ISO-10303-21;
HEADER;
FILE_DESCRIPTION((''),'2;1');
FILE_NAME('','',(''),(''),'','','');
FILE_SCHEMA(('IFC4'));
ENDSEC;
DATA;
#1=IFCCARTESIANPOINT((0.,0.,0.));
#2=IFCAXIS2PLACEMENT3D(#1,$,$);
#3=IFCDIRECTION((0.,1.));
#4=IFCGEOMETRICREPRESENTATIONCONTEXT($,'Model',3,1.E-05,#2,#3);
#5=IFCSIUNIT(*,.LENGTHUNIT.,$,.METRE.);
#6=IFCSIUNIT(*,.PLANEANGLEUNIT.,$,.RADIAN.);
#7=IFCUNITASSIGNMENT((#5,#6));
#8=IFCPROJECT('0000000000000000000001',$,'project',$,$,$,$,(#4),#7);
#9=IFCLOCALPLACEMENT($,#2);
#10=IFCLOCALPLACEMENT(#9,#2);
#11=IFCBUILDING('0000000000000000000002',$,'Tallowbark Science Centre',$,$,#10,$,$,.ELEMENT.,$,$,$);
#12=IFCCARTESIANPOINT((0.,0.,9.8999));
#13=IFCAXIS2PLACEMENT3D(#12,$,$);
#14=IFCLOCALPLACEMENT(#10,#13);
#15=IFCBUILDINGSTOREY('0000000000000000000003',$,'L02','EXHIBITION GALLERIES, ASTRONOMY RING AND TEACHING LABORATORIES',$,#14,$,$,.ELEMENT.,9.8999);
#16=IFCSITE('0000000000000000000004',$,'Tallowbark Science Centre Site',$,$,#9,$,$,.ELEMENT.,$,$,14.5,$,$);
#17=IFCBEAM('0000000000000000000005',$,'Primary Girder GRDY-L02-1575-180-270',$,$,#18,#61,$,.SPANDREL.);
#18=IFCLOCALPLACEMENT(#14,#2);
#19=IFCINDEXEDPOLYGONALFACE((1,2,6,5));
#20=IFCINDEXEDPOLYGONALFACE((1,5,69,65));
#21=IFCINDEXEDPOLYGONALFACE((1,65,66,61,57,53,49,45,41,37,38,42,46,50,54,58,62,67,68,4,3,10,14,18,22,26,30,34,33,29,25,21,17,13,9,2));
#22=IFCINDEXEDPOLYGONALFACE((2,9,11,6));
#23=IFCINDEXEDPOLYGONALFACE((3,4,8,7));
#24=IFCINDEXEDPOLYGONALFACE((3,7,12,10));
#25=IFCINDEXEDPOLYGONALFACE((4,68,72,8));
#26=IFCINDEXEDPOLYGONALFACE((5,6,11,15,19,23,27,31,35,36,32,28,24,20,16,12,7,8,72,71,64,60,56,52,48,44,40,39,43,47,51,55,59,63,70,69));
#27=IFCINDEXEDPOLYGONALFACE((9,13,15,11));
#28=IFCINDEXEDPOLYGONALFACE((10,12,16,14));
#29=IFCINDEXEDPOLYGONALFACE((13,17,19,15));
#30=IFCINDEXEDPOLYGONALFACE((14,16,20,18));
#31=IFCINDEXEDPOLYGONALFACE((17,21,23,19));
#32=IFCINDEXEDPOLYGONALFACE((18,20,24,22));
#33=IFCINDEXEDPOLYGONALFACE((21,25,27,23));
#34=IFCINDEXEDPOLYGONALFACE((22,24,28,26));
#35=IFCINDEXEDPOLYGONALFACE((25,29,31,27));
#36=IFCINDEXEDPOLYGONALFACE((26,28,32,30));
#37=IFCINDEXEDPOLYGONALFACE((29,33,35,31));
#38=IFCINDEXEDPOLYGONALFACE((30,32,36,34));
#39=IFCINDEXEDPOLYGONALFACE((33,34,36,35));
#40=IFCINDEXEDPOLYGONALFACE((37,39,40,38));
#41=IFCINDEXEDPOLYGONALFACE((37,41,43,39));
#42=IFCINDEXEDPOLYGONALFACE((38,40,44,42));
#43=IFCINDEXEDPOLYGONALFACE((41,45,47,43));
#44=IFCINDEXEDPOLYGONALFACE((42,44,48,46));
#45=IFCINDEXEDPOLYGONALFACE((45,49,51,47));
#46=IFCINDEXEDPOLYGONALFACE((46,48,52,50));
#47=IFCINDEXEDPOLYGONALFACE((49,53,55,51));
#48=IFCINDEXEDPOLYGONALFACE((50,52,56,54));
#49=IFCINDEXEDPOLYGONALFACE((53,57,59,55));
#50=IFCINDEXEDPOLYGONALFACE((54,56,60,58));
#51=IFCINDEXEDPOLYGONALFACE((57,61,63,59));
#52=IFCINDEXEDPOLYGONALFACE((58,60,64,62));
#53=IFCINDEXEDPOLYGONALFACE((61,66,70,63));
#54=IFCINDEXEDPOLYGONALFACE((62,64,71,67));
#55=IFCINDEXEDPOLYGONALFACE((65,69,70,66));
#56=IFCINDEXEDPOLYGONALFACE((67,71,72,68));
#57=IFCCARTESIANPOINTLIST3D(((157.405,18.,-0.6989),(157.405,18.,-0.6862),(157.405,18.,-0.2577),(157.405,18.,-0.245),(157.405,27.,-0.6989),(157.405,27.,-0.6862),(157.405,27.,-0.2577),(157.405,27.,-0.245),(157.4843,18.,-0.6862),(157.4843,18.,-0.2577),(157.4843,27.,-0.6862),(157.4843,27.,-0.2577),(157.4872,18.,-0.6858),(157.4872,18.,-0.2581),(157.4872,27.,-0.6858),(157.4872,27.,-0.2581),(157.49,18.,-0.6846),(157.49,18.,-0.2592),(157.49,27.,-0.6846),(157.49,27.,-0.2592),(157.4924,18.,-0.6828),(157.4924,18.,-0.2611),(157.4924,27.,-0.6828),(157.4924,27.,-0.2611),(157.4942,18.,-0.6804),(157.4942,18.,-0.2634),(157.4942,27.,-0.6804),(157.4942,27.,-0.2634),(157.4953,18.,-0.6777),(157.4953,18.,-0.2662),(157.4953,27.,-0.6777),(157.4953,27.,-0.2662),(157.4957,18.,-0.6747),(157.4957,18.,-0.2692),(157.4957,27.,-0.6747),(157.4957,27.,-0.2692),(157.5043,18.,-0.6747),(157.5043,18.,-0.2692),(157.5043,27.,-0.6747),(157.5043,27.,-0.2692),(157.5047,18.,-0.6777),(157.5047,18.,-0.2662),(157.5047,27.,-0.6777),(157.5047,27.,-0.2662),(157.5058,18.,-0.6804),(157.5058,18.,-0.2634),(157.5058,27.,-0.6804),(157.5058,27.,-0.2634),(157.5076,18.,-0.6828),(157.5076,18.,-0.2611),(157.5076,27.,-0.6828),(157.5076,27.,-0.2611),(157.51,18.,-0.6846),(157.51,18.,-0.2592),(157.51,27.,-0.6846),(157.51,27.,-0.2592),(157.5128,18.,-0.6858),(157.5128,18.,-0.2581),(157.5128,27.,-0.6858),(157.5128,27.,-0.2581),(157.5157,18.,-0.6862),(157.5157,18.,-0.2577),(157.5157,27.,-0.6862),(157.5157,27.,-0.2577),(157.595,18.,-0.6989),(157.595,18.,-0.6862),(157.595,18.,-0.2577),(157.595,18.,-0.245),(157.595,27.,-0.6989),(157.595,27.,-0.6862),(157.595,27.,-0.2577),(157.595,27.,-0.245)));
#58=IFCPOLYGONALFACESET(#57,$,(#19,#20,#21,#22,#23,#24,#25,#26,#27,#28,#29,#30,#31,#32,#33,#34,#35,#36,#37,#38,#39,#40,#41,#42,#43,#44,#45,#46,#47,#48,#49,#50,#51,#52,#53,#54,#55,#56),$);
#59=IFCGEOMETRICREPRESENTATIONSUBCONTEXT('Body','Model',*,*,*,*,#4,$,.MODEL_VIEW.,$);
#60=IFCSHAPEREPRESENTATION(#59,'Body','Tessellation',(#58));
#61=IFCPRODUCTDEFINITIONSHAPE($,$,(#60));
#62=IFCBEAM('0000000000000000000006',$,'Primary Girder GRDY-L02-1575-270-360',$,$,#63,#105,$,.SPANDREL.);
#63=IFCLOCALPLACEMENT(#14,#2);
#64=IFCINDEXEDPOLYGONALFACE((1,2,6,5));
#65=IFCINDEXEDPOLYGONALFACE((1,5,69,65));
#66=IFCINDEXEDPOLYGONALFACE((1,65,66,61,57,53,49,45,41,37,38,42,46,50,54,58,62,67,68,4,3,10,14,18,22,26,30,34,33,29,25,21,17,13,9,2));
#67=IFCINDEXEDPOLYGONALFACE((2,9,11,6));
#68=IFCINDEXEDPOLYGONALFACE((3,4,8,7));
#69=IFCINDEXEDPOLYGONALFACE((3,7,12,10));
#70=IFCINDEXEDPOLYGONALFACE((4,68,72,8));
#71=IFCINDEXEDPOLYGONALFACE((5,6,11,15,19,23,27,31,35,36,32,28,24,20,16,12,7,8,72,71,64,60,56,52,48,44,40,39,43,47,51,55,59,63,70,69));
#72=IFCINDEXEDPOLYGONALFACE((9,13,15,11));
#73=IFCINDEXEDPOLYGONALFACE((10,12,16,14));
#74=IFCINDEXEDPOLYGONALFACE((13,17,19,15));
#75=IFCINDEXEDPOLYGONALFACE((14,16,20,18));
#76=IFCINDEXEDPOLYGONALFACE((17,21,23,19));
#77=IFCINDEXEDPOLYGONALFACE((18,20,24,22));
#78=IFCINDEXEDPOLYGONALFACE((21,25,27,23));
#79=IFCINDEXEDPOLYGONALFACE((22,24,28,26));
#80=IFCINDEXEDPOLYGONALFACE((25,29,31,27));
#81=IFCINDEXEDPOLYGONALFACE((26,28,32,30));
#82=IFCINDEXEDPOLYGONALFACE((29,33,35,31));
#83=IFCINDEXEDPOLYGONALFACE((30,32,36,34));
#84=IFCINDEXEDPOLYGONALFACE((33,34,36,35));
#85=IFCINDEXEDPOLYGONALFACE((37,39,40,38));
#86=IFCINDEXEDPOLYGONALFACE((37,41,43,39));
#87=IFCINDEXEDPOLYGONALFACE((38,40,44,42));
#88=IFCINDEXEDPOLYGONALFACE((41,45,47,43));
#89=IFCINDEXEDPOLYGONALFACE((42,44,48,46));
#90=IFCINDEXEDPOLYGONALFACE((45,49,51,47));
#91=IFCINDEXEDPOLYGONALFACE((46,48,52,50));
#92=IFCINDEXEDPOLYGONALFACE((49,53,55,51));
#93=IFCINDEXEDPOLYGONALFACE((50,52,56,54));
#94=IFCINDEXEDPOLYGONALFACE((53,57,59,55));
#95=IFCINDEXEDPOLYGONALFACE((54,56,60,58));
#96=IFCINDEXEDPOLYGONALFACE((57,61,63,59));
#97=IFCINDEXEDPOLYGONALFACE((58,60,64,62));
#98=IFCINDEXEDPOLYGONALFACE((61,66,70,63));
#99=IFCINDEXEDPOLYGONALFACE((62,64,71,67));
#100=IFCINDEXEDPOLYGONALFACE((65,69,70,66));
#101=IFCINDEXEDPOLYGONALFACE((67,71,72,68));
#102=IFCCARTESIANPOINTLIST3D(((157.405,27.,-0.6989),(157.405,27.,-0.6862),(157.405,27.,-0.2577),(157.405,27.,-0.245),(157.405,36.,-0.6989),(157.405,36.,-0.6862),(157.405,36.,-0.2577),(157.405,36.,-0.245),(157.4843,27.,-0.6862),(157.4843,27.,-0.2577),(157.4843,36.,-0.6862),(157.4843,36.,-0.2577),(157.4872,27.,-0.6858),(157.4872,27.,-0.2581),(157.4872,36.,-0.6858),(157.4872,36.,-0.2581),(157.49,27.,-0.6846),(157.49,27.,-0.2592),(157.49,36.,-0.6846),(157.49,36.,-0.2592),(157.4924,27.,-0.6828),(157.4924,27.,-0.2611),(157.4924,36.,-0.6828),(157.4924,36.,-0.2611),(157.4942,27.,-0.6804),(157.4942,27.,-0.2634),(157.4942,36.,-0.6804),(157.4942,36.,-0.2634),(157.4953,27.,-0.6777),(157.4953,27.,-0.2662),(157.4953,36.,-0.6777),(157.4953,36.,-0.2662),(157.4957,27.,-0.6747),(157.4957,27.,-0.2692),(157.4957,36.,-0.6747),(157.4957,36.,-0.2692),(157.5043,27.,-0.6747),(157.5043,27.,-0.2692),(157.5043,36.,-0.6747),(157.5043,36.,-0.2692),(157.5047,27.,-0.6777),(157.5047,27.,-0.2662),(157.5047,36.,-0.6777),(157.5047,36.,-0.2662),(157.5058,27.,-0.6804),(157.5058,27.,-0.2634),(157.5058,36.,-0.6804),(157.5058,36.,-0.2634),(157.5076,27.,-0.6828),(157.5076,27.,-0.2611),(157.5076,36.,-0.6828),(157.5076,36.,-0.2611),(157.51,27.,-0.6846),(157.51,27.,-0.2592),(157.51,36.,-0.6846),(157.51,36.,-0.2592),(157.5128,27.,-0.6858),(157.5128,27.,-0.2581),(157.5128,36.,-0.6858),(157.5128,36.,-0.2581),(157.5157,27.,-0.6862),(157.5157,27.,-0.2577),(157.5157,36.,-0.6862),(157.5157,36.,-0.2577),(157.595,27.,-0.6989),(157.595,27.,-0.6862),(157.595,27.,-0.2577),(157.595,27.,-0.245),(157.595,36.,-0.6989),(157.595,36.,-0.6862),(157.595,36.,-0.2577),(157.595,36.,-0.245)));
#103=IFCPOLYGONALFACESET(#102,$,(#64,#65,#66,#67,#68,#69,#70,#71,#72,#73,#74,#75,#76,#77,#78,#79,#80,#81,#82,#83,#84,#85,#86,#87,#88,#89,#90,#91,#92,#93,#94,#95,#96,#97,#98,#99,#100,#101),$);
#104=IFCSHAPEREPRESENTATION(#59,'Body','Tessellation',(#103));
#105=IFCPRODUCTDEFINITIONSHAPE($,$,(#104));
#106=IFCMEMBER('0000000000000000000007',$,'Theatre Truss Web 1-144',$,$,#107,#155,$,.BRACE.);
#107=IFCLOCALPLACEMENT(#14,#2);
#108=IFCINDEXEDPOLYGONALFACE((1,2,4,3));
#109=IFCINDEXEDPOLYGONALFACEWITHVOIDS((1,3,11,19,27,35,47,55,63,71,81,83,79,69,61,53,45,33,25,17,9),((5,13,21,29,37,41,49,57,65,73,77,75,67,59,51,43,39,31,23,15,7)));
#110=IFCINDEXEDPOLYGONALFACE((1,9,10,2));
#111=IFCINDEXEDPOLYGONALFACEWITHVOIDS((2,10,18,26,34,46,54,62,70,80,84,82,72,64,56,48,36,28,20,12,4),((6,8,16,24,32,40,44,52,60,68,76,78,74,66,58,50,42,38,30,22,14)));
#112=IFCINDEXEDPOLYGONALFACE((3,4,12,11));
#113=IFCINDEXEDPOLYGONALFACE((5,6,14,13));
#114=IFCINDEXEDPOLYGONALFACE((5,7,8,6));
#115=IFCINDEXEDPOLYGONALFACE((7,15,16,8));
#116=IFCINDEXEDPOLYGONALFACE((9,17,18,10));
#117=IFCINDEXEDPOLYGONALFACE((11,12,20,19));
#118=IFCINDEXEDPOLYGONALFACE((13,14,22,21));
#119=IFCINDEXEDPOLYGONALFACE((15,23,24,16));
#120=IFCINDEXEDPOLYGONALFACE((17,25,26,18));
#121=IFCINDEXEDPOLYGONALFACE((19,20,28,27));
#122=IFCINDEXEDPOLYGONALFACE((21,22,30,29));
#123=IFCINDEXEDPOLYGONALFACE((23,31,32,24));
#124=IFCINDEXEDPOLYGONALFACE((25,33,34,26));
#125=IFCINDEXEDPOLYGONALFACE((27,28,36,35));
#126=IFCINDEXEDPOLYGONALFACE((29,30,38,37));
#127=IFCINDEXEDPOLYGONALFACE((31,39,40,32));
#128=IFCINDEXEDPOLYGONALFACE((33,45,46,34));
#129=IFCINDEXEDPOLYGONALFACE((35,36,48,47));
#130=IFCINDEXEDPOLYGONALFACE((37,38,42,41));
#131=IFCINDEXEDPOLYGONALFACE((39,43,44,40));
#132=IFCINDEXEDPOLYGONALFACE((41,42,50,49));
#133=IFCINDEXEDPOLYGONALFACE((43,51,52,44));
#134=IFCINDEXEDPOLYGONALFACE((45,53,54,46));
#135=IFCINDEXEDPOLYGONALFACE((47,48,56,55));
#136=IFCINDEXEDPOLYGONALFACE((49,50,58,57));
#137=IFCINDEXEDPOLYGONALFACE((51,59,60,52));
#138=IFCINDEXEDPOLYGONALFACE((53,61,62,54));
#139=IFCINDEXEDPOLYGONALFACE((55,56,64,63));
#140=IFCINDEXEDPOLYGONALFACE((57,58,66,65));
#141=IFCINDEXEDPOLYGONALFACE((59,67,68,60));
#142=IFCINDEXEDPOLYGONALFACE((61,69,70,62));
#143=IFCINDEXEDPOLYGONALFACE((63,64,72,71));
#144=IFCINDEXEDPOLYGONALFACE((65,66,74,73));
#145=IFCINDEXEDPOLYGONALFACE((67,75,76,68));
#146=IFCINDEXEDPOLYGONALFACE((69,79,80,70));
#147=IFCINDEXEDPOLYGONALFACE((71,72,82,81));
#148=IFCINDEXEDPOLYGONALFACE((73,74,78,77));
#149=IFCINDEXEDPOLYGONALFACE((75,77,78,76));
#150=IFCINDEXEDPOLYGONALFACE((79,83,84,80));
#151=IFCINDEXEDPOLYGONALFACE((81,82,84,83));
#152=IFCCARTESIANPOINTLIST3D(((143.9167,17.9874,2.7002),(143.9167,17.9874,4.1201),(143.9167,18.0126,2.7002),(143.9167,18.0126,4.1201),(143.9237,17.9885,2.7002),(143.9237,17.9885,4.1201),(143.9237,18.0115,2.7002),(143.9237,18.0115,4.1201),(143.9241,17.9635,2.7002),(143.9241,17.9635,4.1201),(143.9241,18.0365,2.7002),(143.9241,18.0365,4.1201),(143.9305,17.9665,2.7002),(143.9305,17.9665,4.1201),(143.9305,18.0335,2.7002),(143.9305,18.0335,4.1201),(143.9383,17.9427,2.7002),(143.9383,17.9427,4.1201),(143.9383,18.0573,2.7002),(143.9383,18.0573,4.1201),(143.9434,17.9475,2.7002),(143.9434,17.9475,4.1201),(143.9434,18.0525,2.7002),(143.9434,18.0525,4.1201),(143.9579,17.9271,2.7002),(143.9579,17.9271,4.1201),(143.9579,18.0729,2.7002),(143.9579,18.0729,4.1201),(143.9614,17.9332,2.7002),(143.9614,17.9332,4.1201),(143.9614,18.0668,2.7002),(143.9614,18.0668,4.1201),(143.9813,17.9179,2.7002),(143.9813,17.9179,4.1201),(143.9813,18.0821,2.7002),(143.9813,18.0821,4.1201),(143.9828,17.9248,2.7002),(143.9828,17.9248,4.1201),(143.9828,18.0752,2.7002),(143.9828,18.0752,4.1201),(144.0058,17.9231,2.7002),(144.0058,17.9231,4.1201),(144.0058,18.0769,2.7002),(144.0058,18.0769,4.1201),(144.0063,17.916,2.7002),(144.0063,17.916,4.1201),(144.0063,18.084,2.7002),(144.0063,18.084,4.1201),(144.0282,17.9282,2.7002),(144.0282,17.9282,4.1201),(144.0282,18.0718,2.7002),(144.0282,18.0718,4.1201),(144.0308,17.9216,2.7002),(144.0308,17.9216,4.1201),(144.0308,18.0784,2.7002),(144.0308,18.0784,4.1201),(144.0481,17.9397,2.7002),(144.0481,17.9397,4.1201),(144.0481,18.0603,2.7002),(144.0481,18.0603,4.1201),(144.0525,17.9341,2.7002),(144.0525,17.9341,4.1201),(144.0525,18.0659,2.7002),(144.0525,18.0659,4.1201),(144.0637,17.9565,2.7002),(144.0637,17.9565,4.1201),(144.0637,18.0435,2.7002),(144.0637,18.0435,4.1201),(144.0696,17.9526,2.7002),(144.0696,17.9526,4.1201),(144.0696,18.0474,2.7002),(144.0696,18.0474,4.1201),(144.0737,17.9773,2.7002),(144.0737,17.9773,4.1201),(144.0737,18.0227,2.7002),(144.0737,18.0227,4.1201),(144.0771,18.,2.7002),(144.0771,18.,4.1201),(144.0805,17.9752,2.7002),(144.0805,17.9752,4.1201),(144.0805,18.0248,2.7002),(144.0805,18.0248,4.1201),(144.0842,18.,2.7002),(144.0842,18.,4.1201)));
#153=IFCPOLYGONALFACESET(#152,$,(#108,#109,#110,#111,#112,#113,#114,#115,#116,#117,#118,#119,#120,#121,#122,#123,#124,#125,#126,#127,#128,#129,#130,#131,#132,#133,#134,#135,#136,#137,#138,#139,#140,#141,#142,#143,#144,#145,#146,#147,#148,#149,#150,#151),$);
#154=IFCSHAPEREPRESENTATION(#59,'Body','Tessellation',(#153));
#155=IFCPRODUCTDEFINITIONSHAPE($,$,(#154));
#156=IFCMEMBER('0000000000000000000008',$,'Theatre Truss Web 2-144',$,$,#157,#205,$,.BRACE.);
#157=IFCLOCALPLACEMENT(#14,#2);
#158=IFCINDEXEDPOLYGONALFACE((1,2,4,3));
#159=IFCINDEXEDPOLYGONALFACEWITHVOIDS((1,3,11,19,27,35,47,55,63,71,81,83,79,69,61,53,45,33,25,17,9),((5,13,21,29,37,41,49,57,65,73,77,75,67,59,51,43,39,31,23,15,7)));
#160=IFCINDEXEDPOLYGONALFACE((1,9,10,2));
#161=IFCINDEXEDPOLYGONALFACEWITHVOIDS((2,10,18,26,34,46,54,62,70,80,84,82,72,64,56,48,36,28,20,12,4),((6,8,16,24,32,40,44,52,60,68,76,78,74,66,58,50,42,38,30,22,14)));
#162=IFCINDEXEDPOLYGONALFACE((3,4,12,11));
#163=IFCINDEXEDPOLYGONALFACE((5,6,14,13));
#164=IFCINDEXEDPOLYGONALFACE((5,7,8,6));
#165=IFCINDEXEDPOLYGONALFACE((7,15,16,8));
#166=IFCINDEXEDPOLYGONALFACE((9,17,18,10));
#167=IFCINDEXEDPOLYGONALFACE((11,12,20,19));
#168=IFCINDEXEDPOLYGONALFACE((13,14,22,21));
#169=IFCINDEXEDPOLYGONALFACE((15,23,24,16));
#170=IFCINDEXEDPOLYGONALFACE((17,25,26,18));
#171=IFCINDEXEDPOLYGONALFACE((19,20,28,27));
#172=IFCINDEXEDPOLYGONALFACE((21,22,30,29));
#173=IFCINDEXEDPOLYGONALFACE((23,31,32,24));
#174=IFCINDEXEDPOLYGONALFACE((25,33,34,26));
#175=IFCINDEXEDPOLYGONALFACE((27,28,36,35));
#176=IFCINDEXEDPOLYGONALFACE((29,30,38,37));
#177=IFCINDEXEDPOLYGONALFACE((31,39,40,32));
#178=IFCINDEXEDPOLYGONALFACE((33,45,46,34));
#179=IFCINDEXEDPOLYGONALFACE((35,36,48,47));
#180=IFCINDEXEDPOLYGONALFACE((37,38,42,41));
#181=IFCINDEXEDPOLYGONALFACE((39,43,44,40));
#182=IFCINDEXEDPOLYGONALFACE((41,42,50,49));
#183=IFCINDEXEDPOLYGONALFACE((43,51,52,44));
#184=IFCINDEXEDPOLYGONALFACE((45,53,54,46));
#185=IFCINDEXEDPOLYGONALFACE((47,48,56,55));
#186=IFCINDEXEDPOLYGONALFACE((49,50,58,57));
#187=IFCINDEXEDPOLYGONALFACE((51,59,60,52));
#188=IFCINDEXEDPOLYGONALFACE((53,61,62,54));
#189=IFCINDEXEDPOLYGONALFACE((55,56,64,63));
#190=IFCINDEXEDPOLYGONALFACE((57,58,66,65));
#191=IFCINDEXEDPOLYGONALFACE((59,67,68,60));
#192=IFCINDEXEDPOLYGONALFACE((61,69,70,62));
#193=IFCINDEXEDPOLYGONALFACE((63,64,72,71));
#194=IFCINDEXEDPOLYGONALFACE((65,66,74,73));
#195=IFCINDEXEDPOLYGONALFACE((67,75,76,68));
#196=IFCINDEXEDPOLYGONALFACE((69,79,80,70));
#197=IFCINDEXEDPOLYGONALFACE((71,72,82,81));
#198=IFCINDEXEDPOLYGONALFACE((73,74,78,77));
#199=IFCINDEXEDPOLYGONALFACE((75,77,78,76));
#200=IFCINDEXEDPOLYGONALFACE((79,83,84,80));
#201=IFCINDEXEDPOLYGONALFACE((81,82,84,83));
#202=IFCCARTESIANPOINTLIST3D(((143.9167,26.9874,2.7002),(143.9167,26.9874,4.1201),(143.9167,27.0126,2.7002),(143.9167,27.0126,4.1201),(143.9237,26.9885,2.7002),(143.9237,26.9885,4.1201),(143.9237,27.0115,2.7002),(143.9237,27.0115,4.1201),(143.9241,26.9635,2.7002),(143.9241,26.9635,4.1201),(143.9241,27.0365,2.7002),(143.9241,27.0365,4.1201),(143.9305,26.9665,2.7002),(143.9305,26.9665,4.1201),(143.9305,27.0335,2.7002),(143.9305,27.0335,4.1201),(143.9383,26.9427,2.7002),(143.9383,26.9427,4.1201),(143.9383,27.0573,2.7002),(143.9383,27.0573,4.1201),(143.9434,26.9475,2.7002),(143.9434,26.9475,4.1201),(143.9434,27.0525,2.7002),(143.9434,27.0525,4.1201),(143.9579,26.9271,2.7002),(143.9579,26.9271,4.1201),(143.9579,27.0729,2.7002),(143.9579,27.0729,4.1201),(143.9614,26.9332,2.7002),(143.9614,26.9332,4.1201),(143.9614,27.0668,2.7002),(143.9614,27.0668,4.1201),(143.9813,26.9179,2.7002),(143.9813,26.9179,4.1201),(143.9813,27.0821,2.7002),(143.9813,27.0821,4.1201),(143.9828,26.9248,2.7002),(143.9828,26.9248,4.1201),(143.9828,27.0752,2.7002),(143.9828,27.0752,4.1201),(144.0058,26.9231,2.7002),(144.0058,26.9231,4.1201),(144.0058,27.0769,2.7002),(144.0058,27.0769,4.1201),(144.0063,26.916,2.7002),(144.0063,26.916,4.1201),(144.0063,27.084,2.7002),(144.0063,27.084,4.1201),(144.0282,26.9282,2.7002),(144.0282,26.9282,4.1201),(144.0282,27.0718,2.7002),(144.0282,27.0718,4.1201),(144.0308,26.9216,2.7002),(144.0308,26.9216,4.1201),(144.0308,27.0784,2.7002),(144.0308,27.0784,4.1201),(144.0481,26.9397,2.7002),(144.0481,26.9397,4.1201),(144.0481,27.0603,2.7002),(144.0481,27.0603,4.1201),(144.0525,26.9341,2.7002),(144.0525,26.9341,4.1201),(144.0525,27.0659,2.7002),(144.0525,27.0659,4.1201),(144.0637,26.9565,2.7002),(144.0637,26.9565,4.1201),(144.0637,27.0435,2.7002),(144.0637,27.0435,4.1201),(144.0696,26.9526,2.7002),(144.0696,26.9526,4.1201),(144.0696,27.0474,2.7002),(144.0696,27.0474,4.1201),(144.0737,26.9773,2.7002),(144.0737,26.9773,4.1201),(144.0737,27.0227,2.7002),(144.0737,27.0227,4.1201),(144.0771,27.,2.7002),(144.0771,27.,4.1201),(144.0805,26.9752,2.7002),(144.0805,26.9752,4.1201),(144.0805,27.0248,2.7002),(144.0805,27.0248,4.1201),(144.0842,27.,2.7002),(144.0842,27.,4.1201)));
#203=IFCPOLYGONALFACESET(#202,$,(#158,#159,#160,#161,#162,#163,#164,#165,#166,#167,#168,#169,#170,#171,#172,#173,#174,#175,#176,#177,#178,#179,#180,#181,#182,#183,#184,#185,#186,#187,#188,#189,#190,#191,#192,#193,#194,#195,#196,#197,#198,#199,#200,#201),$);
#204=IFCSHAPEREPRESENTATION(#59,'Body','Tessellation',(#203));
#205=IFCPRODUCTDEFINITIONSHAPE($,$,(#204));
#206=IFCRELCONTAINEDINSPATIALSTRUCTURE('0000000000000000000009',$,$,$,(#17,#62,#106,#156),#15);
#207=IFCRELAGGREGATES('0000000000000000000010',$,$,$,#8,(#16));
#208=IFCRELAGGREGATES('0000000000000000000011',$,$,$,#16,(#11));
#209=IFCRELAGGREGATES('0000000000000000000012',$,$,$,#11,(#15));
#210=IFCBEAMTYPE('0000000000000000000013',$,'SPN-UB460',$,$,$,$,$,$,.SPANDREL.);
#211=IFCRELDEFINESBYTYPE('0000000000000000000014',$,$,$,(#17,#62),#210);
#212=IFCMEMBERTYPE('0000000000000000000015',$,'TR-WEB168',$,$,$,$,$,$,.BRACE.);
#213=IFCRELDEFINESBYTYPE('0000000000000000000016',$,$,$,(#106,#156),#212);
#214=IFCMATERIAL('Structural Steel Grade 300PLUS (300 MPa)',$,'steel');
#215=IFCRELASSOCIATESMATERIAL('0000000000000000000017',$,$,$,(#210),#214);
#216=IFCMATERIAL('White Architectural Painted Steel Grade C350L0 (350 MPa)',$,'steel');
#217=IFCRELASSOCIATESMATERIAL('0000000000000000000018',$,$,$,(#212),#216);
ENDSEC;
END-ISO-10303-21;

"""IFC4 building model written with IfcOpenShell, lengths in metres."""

from ifc_helpers import new_model, si_unit, direction, frame, origin, origin_2d, place, context, subcontext, project, spatial, hollow_circle, i_section, extrude, material, material_profile, profile_set, type_object, element, save


model = new_model("IFC4")

# Units and contexts
model_context = context("Model", 3, precision=1e-05, world=origin(), true_north=direction((0.0, 1.0)))
body_context = subcontext(model_context, "Body", "Model", "MODEL_VIEW")
ifc_project = project(units=[si_unit("LENGTHUNIT", "METRE"), si_unit("PLANEANGLEUNIT", "RADIAN")], contexts=[model_context])

# Site, building, storey
site_placement = place(None, origin())
site = spatial("IfcSite", under=ifc_project, at=site_placement, Name="Tallowbark Science Centre Site", CompositionType="ELEMENT", RefElevation=14.5)
building_placement = place(site_placement, origin())
building = spatial("IfcBuilding", under=site, at=building_placement, Name="Tallowbark Science Centre", CompositionType="ELEMENT")
storey_placement = place(building_placement, frame((0.0, 0.0, 9.8999)))
storey = spatial("IfcBuildingStorey", under=building, at=storey_placement, Name="L02", Description="EXHIBITION GALLERIES, ASTRONOMY RING AND TEACHING LABORATORIES", CompositionType="ELEMENT", Elevation=9.8999)

# Shared definitions
ifc_material_1 = material(Name="Structural Steel Grade 300PLUS (300 MPa)", Category="steel")

# Beams
ifc_material_profile_1 = material_profile(ifc_material_1, i_section(OverallWidth=0.1899, OverallDepth=0.4539, WebThickness=0.0085, FlangeThickness=0.0127, FilletRadius=0.0115, at=origin_2d()), Name="460UB67.1")
ifc_profile_set_1 = profile_set([ifc_material_profile_1], Name="Structural Steel Grade 300PLUS (300 MPa)")
beam_type_1 = type_object("IfcBeamType", Name="SPN-UB460", PredefinedType="SPANDREL", material=ifc_profile_set_1)
for number, where, z_axis, x_axis, name in (
    (1, (157.5, 18.0, -0.4719), (0.0, 1.0, 0.0), (-1.0, 0.0, 0.0), "Primary Girder GRDY-L02-1575-180-270"),
    (2, (157.5, 27.0, -0.4719), (0.0, 1.0, 0.0), (-1.0, 0.0, 0.0), "Primary Girder GRDY-L02-1575-270-360"),
):
    element("IfcBeam", number, at=place(storey_placement, frame(where, z_axis=z_axis, x_axis=x_axis)), inside=storey, type_object=beam_type_1, Name=name, PredefinedType="SPANDREL", context=body_context, shape_type="SweptSolid", body=[
        extrude(i_section(OverallWidth=0.1899, OverallDepth=0.4539, WebThickness=0.0085, FlangeThickness=0.0127, FilletRadius=0.0115, at=origin_2d()), origin(), (0.0, 0.0, 1.0), 9.0),
    ])

# Members
ifc_material_2 = material(Name="White Architectural Painted Steel Grade C350L0 (350 MPa)", Category="steel")
ifc_material_profile_2 = material_profile(ifc_material_2, hollow_circle(Radius=0.0842, WallThickness=0.0071, at=origin_2d()), Name="168.3x7.1CHS")
ifc_profile_set_2 = profile_set([ifc_material_profile_2], Name="White Architectural Painted Steel Grade C350L0 (350 MPa)")
member_type_1 = type_object("IfcMemberType", Name="TR-WEB168", PredefinedType="BRACE", material=ifc_profile_set_2)
for number, where, z_axis, x_axis, name in (
    (3, (144.0, 18.0, 2.7002), (0.0, 0.0, 1.0), (1.0, 0.0, 0.0), "Theatre Truss Web 1-144"),
    (4, (144.0, 27.0, 2.7002), (0.0, 0.0, 1.0), (1.0, 0.0, 0.0), "Theatre Truss Web 2-144"),
):
    element("IfcMember", number, at=place(storey_placement, frame(where, z_axis=z_axis, x_axis=x_axis)), inside=storey, type_object=member_type_1, Name=name, PredefinedType="BRACE", context=body_context, shape_type="SweptSolid", body=[
        extrude(hollow_circle(Radius=0.0842, WallThickness=0.0071, at=origin_2d()), origin(), (0.0, 0.0, 1.0), 1.4199),
    ])

save(model, "model.ifc")
